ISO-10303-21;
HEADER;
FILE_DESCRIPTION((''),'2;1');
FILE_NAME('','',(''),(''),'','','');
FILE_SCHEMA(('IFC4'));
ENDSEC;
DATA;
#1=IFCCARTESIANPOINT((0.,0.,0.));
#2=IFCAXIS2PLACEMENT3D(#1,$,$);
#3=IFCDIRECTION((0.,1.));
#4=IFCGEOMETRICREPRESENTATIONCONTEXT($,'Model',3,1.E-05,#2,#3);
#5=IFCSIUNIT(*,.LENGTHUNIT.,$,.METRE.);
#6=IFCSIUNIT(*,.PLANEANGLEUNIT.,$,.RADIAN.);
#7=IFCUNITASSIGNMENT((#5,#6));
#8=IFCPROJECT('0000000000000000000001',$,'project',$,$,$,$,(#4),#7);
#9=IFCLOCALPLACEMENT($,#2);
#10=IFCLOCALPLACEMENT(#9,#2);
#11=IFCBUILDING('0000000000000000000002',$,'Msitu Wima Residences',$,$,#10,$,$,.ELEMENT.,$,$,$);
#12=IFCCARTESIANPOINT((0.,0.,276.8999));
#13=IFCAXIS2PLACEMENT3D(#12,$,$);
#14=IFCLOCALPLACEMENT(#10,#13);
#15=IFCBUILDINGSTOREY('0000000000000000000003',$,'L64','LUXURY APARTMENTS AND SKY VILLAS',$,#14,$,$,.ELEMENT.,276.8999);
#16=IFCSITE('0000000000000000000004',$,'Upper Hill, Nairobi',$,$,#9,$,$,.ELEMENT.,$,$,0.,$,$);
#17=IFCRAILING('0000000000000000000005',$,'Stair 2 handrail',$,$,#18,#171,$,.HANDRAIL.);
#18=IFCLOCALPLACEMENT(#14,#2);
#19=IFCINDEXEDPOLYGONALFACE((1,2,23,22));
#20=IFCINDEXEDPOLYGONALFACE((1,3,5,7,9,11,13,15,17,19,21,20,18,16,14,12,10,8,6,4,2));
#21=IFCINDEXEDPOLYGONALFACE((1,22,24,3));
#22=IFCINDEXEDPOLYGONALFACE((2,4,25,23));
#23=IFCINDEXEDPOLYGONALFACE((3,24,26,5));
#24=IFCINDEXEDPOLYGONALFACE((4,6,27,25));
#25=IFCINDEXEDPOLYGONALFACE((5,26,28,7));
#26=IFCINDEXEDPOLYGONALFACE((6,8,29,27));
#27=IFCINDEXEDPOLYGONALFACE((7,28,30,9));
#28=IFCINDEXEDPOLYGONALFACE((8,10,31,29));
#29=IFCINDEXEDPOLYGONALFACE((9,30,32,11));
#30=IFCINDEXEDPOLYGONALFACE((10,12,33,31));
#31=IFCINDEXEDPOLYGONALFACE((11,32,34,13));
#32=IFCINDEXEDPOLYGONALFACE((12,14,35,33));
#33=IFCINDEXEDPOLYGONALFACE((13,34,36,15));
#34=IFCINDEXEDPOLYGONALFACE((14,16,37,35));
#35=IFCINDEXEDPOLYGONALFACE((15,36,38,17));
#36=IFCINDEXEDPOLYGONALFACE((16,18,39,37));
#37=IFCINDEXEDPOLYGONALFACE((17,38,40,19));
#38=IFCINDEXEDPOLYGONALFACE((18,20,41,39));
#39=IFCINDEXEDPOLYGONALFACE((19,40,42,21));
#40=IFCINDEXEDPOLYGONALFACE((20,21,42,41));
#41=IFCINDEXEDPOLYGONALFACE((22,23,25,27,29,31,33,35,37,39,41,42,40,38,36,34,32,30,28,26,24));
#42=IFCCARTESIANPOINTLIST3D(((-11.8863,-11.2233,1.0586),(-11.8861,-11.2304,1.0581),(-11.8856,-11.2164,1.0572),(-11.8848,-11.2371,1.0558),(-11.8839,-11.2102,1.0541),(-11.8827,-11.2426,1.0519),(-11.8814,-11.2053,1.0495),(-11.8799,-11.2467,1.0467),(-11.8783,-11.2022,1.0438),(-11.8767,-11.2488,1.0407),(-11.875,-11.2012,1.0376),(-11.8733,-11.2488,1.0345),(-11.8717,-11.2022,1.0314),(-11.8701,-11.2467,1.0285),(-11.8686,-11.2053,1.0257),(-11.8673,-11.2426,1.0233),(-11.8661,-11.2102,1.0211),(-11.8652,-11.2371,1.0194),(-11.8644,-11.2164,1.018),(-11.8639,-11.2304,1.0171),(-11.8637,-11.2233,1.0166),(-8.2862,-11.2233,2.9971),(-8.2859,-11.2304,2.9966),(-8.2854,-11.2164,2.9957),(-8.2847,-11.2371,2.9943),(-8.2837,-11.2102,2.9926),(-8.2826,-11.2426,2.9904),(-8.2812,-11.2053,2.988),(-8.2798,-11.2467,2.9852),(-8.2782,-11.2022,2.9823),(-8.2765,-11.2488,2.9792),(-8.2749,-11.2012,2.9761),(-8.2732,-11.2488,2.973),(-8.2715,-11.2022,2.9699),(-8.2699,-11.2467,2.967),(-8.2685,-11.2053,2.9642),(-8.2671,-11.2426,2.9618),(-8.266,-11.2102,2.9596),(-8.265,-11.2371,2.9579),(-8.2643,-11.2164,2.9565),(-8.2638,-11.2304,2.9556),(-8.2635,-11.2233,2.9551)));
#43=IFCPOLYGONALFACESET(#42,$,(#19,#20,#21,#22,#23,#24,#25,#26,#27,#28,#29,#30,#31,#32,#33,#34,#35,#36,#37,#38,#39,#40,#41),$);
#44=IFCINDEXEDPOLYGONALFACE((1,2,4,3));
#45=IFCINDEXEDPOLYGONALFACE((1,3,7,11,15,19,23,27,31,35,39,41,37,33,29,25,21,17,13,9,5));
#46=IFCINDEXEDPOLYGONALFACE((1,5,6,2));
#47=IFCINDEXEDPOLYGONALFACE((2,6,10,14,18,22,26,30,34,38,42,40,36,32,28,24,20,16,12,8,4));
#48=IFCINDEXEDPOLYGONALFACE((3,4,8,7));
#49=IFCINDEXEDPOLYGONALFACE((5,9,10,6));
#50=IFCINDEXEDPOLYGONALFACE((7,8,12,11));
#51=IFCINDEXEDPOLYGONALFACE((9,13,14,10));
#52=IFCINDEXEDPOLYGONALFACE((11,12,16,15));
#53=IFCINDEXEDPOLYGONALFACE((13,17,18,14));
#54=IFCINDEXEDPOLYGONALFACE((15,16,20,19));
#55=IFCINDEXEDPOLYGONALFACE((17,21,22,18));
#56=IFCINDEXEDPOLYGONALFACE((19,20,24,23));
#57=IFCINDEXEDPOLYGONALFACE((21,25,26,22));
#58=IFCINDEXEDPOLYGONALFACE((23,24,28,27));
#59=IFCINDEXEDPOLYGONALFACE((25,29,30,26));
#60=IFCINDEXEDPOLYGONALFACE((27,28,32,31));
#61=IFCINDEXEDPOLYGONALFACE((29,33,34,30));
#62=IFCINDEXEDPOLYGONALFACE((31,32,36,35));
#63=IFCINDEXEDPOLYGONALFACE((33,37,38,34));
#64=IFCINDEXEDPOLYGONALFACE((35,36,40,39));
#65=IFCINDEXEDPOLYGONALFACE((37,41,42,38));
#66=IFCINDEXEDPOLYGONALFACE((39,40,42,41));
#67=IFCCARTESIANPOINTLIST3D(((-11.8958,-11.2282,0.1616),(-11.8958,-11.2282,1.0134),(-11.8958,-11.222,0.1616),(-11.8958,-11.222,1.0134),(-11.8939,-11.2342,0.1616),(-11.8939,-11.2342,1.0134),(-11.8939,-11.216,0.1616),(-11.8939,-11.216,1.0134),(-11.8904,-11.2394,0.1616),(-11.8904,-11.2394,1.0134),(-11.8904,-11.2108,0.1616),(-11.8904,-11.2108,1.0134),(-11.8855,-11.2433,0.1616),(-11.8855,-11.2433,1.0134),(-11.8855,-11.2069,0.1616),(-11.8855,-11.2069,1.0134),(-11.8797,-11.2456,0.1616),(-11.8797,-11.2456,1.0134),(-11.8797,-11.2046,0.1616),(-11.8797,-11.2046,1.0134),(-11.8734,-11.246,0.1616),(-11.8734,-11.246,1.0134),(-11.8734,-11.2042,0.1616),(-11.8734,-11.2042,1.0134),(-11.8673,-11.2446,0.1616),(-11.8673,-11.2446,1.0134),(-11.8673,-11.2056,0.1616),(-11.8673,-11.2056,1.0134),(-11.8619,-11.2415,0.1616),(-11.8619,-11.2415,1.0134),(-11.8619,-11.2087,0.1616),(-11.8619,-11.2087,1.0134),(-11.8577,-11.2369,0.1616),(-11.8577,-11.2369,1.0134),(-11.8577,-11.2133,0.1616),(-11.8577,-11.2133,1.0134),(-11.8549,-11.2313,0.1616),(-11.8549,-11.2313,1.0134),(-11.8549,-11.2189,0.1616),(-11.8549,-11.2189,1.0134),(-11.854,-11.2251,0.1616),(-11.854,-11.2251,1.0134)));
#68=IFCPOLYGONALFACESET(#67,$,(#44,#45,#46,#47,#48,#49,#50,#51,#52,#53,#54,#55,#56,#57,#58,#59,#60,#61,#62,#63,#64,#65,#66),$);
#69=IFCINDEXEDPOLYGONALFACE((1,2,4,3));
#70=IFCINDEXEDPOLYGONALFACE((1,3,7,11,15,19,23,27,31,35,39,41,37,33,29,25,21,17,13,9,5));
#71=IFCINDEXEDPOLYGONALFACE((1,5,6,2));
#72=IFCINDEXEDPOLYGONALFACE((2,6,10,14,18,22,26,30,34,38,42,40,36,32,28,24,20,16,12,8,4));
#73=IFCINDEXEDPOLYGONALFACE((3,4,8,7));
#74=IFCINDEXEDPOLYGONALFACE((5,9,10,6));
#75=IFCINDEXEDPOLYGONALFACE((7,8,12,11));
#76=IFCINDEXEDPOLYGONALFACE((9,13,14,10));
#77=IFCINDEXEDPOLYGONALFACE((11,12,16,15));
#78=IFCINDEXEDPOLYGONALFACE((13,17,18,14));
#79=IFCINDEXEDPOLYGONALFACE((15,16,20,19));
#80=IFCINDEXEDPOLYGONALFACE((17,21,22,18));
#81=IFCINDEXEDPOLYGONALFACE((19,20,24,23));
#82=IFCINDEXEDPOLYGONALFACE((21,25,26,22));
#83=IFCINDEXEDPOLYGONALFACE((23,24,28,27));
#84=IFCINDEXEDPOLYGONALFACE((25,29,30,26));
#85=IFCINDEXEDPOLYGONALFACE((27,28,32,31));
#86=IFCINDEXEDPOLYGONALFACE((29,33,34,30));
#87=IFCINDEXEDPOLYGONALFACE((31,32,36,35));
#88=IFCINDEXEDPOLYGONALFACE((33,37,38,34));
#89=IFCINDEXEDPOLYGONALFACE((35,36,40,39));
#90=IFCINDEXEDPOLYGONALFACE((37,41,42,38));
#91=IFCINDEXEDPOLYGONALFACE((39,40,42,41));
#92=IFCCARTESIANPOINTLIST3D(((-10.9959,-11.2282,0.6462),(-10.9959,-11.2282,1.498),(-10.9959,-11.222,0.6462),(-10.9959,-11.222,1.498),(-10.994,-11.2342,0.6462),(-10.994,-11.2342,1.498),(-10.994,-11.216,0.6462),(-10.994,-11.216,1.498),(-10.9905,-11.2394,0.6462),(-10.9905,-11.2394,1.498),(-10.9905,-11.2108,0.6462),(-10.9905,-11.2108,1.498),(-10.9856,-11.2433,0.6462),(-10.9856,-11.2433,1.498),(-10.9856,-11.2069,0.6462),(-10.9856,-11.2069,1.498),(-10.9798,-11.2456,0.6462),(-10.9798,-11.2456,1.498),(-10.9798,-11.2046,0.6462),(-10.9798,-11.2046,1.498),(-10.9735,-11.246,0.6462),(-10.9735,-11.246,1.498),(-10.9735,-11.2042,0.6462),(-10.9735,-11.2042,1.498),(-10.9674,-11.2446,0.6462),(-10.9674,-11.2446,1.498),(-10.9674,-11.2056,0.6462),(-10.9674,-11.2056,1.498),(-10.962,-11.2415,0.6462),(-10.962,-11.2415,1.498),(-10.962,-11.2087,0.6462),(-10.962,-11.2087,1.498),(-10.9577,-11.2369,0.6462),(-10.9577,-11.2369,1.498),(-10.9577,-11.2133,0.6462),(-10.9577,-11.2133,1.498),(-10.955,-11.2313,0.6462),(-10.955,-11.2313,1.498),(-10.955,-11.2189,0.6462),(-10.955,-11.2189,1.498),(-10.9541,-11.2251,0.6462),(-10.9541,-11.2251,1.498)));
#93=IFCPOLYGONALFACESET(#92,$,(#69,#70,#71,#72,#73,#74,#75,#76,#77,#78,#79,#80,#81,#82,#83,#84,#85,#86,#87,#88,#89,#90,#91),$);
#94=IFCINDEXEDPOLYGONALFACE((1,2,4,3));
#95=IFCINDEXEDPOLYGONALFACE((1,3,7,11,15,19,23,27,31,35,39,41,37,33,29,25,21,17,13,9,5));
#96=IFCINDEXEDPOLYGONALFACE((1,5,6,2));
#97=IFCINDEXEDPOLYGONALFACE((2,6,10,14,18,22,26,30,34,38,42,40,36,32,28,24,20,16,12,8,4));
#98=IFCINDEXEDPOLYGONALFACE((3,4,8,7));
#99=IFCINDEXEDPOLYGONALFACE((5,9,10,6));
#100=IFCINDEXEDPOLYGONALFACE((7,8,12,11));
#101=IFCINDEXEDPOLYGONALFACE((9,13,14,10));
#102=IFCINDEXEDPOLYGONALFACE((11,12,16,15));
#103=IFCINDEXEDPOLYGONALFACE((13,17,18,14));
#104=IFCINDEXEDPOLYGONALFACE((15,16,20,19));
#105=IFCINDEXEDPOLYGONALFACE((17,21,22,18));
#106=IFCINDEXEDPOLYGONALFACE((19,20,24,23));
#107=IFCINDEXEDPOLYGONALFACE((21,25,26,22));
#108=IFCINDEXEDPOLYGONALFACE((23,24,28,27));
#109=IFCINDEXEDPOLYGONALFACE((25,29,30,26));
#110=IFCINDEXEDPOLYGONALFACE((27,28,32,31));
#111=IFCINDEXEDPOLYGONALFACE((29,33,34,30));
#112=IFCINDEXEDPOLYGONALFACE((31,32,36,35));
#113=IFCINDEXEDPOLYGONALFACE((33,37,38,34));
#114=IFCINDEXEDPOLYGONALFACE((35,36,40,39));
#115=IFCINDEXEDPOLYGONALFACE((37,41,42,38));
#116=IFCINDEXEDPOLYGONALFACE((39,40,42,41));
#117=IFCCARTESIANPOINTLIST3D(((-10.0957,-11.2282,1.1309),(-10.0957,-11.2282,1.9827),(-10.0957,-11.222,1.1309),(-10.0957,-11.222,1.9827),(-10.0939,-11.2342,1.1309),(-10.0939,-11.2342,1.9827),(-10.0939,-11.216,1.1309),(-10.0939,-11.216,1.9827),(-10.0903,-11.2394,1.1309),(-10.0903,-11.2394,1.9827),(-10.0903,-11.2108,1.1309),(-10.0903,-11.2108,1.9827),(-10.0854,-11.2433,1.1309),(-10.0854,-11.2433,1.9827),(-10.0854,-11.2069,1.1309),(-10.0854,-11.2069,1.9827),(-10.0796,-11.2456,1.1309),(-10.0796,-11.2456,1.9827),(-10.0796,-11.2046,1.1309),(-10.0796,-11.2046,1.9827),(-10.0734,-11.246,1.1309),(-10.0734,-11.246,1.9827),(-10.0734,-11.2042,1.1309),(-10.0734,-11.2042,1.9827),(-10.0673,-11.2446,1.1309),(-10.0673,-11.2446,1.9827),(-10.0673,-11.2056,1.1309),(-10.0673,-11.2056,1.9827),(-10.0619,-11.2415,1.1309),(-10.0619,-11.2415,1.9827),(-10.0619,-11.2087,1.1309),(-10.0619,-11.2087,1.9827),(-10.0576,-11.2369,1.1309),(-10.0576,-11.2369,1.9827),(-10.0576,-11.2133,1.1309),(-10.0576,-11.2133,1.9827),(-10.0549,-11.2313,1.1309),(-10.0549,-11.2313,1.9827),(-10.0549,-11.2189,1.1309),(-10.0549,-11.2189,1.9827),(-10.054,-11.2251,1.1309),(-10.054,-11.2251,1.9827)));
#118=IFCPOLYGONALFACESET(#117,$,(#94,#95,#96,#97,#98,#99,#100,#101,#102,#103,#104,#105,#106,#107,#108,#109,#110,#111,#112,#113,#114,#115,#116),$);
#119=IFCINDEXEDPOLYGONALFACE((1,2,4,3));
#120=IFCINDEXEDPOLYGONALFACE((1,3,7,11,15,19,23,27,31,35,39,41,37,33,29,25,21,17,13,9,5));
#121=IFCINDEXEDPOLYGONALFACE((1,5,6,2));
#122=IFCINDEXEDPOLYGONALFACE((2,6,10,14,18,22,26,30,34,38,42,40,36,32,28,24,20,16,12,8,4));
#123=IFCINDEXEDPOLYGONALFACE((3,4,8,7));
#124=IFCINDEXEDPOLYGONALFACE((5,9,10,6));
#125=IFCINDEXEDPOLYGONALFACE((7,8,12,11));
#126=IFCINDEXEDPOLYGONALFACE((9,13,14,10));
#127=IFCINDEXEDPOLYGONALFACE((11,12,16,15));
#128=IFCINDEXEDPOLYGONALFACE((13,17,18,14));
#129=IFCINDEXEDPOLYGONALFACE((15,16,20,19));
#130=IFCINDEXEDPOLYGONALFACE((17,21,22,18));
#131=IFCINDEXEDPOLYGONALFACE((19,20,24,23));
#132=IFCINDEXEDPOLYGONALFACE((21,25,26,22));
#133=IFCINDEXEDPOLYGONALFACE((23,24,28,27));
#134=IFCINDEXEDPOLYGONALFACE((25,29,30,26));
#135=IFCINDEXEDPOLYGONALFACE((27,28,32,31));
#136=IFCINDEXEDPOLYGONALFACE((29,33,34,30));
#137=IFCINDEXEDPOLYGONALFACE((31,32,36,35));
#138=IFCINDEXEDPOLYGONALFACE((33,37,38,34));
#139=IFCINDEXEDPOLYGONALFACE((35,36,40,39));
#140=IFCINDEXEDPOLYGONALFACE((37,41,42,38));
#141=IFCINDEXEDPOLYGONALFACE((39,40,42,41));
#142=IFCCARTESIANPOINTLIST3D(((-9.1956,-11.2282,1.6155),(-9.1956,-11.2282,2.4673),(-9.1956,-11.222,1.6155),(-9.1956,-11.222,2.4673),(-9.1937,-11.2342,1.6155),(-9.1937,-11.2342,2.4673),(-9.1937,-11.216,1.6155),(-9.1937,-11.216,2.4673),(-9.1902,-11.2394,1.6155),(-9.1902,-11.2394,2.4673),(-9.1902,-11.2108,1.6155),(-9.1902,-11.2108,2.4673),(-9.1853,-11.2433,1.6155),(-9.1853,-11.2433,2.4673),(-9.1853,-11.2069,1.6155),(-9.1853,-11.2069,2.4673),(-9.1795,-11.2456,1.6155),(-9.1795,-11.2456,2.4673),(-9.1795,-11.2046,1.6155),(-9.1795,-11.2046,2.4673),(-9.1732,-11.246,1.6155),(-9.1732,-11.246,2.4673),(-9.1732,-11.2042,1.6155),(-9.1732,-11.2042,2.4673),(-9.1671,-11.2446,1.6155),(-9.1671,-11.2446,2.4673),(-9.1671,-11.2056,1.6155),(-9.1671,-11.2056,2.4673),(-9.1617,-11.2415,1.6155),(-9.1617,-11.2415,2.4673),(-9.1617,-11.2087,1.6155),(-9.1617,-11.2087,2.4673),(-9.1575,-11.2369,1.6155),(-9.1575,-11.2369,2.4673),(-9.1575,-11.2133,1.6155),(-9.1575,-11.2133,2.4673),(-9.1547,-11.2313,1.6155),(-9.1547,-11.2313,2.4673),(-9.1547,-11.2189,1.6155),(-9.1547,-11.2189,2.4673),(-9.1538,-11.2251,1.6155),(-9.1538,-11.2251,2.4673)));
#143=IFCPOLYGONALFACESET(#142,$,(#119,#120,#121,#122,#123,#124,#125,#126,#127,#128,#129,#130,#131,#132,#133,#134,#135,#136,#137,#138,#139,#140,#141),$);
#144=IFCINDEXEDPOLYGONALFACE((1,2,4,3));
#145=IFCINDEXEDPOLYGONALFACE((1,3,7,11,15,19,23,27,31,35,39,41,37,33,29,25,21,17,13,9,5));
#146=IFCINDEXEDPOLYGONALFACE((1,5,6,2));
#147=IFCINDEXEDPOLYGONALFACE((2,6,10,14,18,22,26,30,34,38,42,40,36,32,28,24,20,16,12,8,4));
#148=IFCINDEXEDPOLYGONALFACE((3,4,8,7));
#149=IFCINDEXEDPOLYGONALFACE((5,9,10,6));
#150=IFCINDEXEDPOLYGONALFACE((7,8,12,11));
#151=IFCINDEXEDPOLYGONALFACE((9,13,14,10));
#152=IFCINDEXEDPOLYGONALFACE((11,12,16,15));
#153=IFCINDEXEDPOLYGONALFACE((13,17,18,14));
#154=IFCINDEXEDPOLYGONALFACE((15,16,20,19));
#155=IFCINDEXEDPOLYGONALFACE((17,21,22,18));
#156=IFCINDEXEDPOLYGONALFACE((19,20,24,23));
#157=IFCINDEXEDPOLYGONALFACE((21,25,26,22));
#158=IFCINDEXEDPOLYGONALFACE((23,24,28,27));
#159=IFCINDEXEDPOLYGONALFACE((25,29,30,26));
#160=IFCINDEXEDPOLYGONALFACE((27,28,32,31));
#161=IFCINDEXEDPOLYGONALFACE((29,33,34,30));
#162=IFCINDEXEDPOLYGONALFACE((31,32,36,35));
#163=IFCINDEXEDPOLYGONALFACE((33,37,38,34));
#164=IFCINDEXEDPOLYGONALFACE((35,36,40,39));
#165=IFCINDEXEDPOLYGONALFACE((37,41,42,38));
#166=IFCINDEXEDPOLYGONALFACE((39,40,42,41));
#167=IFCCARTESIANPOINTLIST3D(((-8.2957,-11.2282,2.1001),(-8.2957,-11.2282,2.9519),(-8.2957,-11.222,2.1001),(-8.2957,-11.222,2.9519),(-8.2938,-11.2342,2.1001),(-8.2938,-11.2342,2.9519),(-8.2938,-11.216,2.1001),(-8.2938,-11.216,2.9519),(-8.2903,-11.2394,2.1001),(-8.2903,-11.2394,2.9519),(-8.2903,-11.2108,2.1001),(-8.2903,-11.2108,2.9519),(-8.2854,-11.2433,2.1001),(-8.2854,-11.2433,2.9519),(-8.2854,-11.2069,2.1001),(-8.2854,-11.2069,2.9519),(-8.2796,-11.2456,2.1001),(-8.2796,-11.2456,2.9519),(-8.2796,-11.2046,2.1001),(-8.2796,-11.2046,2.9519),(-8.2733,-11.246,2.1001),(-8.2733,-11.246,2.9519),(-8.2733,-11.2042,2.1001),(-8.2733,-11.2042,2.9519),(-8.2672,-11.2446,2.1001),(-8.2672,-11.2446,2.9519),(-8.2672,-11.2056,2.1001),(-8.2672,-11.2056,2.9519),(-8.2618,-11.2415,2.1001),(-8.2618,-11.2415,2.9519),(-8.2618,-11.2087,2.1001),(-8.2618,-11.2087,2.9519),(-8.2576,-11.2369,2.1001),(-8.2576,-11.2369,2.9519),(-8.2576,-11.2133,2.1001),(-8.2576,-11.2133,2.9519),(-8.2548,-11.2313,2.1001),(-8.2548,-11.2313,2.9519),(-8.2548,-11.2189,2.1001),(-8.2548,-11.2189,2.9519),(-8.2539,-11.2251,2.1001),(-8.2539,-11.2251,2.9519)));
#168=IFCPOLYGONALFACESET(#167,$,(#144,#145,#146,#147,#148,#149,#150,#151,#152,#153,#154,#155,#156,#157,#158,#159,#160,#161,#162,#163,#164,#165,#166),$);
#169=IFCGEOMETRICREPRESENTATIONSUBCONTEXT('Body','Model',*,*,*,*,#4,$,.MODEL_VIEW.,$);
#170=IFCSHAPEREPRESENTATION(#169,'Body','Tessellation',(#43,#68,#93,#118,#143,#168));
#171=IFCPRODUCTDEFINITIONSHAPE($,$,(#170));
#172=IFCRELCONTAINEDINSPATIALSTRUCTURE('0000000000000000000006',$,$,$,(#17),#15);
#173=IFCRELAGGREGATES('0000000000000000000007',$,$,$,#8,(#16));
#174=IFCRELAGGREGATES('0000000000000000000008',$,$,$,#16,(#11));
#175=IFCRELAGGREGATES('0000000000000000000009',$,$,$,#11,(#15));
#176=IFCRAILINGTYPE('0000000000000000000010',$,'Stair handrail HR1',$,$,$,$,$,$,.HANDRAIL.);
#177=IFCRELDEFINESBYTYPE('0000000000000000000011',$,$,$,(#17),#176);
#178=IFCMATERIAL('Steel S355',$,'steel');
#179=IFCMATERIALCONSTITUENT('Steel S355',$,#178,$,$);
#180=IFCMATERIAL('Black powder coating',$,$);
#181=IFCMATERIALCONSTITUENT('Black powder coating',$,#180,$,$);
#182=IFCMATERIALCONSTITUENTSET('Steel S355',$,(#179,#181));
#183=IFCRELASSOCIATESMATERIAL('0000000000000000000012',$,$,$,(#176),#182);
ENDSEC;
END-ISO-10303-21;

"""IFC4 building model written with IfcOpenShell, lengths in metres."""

from ifc_helpers import new_model, si_unit, direction, frame, origin, origin_2d, place, context, subcontext, project, spatial, circle, extrude, material, constituent, constituent_set, type_object, element, save


model = new_model("IFC4")

# Units and contexts
model_context = context("Model", 3, precision=1e-05, world=origin(), true_north=direction((0.0, 1.0)))
body_context = subcontext(model_context, "Body", "Model", "MODEL_VIEW")
ifc_project = project(units=[si_unit("LENGTHUNIT", "METRE"), si_unit("PLANEANGLEUNIT", "RADIAN")], contexts=[model_context])

# Site, building, storey
site_placement = place(None, origin())
site = spatial("IfcSite", under=ifc_project, at=site_placement, Name="Upper Hill, Nairobi", CompositionType="ELEMENT", RefElevation=0.0)
building_placement = place(site_placement, origin())
building = spatial("IfcBuilding", under=site, at=building_placement, Name="Msitu Wima Residences", CompositionType="ELEMENT")
storey_placement = place(building_placement, frame((0.0, 0.0, 276.8999)))
storey = spatial("IfcBuildingStorey", under=building, at=storey_placement, Name="L64", Description="LUXURY APARTMENTS AND SKY VILLAS", CompositionType="ELEMENT", Elevation=276.8999)

# Railing
ifc_material_1 = material(Name="Steel S355", Category="steel")
ifc_constituent_1 = constituent(ifc_material_1, Name="Steel S355")
ifc_material_2 = material(Name="Black powder coating")
ifc_constituent_2 = constituent(ifc_material_2, Name="Black powder coating")
ifc_constituent_set = constituent_set(constituents=[ifc_constituent_1, ifc_constituent_2], Name="Steel S355")
railing_type = type_object("IfcRailingType", Name="Stair handrail HR1", PredefinedType="HANDRAIL", material=ifc_constituent_set)
for number, where, name in (
    (1, (-11.875, -11.2251, 0.1616), "Stair 2 handrail"),
):
    element("IfcRailing", number, at=place(storey_placement, frame(where)), inside=storey, type_object=railing_type, Name=name, PredefinedType="HANDRAIL", context=body_context, shape_type="SweptSolid", body=[
        extrude(circle(Radius=0.0239, at=origin_2d()), frame((0.0, 0.0, 0.876), z_axis=(0.880475, 0.0, 0.474093), x_axis=(0.0, 1.0, 0.0)), (0.0, 0.0, 1.0), 4.0889),
        extrude(circle(Radius=0.021, at=origin_2d()), origin(), (0.0, 0.0, 1.0), 0.8518),
        extrude(circle(Radius=0.021, at=origin_2d()), frame((0.8999, 0.0, 0.4846)), (0.0, 0.0, 1.0), 0.8518),
        extrude(circle(Radius=0.021, at=origin_2d()), frame((1.8, 0.0, 0.9692)), (0.0, 0.0, 1.0), 0.8518),
        extrude(circle(Radius=0.021, at=origin_2d()), frame((2.7002, 0.0, 1.4539)), (0.0, 0.0, 1.0), 0.8518),
        extrude(circle(Radius=0.021, at=origin_2d()), frame((3.6001, 0.0, 1.9385)), (0.0, 0.0, 1.0), 0.8518),
    ])

save(model, "model.ifc")
